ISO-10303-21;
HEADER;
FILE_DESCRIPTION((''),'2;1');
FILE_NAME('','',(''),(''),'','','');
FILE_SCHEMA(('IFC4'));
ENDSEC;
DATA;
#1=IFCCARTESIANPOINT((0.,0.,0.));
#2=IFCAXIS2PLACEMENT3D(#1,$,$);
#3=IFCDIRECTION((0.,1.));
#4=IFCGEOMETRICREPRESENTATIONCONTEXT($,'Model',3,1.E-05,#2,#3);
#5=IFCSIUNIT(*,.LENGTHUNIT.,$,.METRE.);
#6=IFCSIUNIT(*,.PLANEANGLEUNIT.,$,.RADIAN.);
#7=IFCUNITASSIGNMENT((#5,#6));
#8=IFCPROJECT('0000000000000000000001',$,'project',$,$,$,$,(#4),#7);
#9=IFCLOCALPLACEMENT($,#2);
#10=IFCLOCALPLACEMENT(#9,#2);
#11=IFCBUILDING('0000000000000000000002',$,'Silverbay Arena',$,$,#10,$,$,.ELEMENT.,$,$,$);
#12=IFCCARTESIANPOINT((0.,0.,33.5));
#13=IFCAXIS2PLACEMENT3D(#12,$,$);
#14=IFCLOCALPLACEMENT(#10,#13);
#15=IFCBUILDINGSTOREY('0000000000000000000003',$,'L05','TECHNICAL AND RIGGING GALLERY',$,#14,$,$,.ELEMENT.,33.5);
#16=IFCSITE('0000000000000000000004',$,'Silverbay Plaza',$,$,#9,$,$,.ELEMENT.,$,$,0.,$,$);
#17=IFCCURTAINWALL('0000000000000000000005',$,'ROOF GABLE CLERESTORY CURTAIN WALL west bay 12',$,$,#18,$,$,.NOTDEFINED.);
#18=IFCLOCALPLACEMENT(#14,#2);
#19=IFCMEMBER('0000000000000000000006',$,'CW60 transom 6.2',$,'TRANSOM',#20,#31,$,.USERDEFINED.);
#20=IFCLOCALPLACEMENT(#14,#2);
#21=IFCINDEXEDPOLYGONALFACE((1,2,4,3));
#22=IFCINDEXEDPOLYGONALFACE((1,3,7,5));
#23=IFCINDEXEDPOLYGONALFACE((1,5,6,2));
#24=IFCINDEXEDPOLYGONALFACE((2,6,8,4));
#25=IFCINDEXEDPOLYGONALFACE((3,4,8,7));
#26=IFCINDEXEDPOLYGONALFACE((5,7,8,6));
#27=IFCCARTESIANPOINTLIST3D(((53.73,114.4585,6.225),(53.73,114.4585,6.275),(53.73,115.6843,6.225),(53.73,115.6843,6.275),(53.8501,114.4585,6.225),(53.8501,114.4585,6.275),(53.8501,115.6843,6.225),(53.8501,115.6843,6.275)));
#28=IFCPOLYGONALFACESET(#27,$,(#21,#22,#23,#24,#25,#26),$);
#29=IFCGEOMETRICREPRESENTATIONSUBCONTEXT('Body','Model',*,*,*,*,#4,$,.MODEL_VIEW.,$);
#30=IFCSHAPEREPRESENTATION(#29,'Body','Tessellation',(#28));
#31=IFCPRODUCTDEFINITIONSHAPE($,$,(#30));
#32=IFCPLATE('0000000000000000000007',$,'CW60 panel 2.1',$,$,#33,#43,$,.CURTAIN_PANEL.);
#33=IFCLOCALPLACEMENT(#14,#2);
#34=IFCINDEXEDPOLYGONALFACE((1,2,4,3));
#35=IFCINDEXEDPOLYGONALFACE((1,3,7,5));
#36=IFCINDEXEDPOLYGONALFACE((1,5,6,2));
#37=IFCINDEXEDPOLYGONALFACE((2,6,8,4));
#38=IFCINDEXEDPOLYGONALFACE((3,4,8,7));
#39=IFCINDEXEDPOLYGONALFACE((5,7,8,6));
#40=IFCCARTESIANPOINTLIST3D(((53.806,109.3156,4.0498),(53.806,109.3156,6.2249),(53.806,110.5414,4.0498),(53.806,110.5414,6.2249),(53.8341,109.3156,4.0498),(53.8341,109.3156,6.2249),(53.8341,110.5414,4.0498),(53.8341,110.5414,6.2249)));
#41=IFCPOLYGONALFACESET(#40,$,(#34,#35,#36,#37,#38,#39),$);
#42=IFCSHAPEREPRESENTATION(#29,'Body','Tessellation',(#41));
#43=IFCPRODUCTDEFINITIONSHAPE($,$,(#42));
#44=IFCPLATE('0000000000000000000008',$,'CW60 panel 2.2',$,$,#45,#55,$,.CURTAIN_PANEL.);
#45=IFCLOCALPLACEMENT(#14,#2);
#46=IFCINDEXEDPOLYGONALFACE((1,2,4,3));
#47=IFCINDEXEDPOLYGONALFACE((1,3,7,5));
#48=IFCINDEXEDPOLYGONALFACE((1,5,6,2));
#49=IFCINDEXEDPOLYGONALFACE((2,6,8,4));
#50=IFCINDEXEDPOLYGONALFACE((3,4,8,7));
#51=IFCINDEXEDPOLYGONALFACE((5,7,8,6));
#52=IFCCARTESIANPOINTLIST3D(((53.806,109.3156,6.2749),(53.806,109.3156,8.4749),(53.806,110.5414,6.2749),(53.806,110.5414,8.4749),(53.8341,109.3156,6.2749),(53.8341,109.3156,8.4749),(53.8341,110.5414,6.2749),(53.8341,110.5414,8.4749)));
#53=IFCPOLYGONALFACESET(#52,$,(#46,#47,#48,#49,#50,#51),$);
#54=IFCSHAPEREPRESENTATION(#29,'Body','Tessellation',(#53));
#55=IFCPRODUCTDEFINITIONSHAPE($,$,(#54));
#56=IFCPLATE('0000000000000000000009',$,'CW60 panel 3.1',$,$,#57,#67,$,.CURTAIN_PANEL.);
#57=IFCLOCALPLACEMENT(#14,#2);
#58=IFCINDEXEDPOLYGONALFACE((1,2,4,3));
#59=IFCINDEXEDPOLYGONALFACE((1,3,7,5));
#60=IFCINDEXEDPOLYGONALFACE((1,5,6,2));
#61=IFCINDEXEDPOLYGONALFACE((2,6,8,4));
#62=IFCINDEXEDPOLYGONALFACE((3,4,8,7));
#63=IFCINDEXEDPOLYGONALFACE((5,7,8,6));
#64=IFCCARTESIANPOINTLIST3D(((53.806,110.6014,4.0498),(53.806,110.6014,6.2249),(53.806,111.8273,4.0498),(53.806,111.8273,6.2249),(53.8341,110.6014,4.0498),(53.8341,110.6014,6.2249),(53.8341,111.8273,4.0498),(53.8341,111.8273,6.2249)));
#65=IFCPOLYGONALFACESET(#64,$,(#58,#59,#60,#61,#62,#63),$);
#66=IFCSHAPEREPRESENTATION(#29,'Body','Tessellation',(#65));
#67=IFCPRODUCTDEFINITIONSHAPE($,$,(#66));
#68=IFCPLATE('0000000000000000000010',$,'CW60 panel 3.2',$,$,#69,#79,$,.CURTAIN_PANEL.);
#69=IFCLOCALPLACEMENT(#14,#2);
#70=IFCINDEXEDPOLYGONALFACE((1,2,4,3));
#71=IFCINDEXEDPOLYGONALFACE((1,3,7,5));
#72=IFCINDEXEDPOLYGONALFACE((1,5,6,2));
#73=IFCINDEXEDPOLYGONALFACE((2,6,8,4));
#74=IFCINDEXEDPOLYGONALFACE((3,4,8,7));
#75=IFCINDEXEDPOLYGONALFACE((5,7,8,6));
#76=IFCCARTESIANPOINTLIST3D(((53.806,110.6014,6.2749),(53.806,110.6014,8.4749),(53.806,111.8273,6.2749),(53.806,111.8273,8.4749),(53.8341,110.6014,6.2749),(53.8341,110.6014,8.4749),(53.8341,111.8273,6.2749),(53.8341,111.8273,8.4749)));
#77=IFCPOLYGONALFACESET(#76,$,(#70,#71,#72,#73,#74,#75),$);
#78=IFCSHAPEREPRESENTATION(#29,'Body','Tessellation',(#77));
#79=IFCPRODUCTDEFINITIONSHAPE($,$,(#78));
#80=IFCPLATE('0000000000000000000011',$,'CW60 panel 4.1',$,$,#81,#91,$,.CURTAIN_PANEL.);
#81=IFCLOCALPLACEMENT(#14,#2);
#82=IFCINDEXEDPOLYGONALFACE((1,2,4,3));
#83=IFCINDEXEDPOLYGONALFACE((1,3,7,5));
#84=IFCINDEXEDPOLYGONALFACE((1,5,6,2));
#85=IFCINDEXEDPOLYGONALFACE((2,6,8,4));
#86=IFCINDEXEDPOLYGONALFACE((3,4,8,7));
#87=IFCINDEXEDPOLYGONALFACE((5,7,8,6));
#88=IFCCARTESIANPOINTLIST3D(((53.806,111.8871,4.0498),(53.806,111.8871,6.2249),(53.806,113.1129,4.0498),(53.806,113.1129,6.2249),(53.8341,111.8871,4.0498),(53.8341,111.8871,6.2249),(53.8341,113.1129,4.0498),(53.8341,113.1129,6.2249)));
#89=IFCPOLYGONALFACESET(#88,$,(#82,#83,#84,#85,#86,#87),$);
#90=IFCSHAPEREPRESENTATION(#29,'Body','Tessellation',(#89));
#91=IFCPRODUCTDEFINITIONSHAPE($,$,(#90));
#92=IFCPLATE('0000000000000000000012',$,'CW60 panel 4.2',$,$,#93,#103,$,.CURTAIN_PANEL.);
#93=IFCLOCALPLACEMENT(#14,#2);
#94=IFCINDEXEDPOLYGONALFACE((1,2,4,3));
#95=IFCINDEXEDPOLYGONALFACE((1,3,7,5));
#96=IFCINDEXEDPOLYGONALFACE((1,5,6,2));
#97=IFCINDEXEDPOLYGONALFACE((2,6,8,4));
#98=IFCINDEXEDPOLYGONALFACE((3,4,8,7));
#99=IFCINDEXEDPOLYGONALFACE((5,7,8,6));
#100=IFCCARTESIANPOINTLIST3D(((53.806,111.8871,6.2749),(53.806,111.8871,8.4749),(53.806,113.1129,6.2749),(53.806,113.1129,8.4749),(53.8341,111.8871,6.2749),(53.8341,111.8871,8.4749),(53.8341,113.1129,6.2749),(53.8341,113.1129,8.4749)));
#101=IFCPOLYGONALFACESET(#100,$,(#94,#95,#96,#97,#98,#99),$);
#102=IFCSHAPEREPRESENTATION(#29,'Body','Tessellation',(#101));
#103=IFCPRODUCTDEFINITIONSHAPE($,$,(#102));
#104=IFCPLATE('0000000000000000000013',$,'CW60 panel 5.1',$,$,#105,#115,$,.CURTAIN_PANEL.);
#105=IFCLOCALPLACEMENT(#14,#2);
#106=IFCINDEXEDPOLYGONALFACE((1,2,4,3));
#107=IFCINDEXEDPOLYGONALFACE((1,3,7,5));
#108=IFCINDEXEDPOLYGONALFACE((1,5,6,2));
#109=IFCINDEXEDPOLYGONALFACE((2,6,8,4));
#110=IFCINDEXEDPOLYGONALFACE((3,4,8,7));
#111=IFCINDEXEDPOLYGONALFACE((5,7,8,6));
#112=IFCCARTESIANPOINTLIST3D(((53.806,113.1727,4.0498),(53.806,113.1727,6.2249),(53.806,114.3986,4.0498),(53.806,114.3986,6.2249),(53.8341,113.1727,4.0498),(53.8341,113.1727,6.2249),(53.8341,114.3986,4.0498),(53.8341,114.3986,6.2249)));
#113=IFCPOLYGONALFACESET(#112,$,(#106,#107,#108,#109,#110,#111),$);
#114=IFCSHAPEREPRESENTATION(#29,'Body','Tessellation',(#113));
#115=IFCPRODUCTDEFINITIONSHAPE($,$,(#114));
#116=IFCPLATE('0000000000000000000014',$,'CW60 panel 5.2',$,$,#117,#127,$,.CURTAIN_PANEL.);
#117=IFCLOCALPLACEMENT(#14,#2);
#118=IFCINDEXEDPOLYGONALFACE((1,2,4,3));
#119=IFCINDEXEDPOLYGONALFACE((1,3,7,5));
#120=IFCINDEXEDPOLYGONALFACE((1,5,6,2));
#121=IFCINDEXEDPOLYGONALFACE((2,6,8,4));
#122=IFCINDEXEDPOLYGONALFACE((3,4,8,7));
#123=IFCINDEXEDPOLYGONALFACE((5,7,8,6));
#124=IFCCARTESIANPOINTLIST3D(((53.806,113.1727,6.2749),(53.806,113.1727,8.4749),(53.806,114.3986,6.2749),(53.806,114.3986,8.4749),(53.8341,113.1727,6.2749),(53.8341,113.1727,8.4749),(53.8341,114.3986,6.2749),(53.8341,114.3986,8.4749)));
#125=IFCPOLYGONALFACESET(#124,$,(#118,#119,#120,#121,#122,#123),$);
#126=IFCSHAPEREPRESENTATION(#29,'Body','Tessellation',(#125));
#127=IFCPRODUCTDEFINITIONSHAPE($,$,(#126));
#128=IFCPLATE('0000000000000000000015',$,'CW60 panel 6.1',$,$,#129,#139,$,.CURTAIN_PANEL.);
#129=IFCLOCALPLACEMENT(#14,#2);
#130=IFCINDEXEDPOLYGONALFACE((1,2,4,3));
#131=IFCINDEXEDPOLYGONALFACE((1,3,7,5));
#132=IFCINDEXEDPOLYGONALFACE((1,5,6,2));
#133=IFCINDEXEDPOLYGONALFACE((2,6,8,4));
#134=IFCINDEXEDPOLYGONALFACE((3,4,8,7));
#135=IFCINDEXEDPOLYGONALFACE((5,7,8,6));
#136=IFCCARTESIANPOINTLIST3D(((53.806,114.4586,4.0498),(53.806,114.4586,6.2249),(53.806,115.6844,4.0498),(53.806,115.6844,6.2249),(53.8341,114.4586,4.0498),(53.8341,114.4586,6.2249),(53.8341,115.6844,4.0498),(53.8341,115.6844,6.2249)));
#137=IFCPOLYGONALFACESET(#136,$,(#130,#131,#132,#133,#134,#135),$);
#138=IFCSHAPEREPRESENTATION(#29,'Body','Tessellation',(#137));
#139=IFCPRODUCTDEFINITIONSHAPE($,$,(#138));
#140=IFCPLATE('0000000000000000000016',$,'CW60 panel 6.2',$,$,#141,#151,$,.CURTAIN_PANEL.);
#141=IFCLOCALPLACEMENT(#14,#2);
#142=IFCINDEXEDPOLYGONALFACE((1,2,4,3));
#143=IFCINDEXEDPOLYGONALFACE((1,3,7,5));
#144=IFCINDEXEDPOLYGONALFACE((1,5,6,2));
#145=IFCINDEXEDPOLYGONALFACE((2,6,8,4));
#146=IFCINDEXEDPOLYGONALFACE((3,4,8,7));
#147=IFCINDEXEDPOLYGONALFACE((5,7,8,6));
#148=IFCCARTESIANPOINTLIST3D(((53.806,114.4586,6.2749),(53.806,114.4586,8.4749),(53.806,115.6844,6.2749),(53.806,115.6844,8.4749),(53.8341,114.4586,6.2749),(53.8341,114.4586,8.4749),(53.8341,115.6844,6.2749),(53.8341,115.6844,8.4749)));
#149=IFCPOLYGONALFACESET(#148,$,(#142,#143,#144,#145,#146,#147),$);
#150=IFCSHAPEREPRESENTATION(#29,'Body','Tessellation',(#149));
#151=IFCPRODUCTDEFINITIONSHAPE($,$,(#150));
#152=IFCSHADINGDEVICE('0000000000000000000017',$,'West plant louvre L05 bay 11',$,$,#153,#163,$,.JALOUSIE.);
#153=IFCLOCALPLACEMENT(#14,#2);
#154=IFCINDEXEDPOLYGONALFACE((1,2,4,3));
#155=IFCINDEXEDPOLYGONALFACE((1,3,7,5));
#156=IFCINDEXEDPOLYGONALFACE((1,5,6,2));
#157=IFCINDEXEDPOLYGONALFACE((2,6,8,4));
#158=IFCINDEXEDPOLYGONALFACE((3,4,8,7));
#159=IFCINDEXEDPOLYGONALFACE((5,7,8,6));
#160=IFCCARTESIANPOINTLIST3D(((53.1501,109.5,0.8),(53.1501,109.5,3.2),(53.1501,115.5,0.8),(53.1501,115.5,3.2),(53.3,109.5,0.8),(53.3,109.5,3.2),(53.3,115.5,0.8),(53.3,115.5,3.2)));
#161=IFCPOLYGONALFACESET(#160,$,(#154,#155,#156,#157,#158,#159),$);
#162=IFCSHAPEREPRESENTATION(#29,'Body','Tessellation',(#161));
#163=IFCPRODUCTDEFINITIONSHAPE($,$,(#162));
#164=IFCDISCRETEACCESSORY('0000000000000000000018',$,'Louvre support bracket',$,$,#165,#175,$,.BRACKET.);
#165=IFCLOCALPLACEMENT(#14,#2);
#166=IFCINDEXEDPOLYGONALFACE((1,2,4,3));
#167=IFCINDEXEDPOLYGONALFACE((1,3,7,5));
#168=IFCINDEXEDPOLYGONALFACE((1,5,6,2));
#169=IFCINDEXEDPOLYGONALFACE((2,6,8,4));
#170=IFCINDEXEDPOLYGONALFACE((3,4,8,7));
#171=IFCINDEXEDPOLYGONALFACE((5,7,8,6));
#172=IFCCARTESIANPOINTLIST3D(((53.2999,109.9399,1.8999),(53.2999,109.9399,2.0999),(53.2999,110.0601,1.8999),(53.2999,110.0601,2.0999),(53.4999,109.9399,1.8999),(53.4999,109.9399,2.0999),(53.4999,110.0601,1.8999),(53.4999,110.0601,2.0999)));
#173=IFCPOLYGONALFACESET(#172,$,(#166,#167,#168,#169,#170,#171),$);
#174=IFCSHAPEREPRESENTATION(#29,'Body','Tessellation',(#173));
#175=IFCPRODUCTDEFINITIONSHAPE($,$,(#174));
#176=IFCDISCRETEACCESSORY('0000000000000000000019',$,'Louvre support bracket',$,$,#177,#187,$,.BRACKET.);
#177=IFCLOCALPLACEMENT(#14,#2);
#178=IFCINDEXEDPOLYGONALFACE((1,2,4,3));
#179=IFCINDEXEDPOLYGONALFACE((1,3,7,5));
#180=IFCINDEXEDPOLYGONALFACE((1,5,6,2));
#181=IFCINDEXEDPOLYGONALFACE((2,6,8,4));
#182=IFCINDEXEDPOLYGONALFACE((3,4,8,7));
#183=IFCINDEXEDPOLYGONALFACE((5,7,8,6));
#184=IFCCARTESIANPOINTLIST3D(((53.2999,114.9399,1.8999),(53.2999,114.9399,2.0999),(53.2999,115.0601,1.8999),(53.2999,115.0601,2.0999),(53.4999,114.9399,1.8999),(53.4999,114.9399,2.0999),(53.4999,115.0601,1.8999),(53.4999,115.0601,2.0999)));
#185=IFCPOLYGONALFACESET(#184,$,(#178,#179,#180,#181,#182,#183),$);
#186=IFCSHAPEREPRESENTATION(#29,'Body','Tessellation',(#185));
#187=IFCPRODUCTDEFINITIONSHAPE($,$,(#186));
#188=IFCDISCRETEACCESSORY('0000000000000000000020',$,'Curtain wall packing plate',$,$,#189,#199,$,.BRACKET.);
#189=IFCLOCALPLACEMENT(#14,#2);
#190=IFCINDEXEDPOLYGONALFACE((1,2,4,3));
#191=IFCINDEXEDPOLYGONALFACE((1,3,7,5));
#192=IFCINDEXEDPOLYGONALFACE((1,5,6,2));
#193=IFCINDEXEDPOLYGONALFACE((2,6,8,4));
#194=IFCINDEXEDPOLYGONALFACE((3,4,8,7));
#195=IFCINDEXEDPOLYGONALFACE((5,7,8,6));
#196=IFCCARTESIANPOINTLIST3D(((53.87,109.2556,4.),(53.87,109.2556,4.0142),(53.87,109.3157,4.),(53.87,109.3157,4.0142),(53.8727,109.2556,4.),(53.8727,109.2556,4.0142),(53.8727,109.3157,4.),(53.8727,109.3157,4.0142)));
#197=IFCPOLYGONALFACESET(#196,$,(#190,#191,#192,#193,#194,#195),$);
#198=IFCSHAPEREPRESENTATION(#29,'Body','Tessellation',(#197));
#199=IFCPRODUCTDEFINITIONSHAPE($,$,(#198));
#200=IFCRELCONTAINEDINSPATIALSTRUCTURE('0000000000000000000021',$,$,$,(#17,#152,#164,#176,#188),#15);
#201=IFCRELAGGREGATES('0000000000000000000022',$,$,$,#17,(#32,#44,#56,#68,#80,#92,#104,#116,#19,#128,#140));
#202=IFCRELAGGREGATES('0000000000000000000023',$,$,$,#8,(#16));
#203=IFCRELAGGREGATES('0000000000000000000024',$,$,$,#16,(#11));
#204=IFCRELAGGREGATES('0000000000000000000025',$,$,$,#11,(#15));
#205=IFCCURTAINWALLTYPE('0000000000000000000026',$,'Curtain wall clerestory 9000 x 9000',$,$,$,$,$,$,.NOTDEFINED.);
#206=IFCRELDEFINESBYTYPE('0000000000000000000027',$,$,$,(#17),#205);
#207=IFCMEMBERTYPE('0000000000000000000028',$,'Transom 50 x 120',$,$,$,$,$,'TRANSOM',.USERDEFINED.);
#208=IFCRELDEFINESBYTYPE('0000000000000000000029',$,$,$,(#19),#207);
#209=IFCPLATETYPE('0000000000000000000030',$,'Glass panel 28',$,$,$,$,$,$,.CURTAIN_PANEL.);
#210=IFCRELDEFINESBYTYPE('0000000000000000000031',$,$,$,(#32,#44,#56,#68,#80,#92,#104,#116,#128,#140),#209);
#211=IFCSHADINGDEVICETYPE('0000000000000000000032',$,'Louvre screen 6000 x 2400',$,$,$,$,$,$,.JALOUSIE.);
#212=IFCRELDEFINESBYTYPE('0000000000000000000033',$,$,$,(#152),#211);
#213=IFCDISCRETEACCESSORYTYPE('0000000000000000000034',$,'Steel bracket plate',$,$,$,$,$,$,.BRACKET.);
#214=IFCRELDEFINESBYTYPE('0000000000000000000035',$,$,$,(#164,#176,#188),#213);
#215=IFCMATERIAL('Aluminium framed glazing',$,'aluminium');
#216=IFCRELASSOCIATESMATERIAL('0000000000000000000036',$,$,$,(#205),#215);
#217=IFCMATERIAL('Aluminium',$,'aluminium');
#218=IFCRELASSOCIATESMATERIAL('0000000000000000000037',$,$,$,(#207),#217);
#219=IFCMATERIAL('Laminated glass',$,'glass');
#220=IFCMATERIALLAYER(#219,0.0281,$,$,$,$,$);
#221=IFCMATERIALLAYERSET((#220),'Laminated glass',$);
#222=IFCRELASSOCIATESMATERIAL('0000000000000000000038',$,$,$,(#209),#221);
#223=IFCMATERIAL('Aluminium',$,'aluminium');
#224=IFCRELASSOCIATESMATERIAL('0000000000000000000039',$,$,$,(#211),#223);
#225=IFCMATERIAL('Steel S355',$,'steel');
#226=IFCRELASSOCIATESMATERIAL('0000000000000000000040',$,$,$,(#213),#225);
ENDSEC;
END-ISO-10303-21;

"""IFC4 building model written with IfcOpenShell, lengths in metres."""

from ifc_helpers import new_model, si_unit, direction, frame, origin, origin_2d, place, context, subcontext, project, spatial, rectangle, extrude, material, layer, layer_set, material_profile, profile_set, type_object, element, aggregate, save


model = new_model("IFC4")

# Units and contexts
model_context = context("Model", 3, precision=1e-05, world=origin(), true_north=direction((0.0, 1.0)))
body_context = subcontext(model_context, "Body", "Model", "MODEL_VIEW")
ifc_project = project(units=[si_unit("LENGTHUNIT", "METRE"), si_unit("PLANEANGLEUNIT", "RADIAN")], contexts=[model_context])

# Site, building, storey
site_placement = place(None, origin())
site = spatial("IfcSite", under=ifc_project, at=site_placement, Name="Silverbay Plaza", CompositionType="ELEMENT", RefElevation=0.0)
building_placement = place(site_placement, origin())
building = spatial("IfcBuilding", under=site, at=building_placement, Name="Silverbay Arena", CompositionType="ELEMENT")
storey_placement = place(building_placement, frame((0.0, 0.0, 33.5)))
storey = spatial("IfcBuildingStorey", under=building, at=storey_placement, Name="L05", Description="TECHNICAL AND RIGGING GALLERY", CompositionType="ELEMENT", Elevation=33.5)

# Curtain wall, member, plates
ifc_material_1 = material(Name="Aluminium framed glazing", Category="aluminium")
curtain_wall_type = type_object("IfcCurtainWallType", Name="Curtain wall clerestory 9000 x 9000", PredefinedType="NOTDEFINED", material=ifc_material_1)
curtain_wall_placement = place(storey_placement, origin())
curtain_wall = element("IfcCurtainWall", 1, at=curtain_wall_placement, inside=storey, type_object=curtain_wall_type, Name="ROOF GABLE CLERESTORY CURTAIN WALL west bay 12", PredefinedType="NOTDEFINED")
ifc_material_2 = material(Name="Aluminium", Category="aluminium")
ifc_material_profile_1 = material_profile(ifc_material_2, rectangle(XDim=0.1201, YDim=0.05, at=origin_2d()), Name="Transom 50 x 120")
ifc_profile_set_1 = profile_set([ifc_material_profile_1], Name="Aluminium")
member_type_1 = type_object("IfcMemberType", Name="Transom 50 x 120", ElementType="TRANSOM", PredefinedType="USERDEFINED", material=ifc_profile_set_1)
member_1_placement = place(storey_placement, frame((53.79, 114.4585, 6.25), z_axis=(0.0, 1.0, 0.0), x_axis=(-1.0, 0.0, 0.0)))
member_1 = element("IfcMember", 2, at=member_1_placement, type_object=member_type_1, Name="CW60 transom 6.2", ObjectType="TRANSOM", PredefinedType="USERDEFINED", context=body_context, shape_type="SweptSolid", body=[
    extrude(rectangle(XDim=0.1201, YDim=0.05, at=origin_2d()), origin(), (0.0, 0.0, 1.0), 1.2258),
])
ifc_material_3 = material(Name="Laminated glass", Category="glass")
ifc_layer = layer(ifc_material_3, 0.0281)
ifc_layer_set = layer_set([ifc_layer], Name="Laminated glass")
plate_type = type_object("IfcPlateType", Name="Glass panel 28", PredefinedType="CURTAIN_PANEL", material=ifc_layer_set)
plate_1_placement = place(storey_placement, frame((53.8201, 109.9285, 4.0498), z_axis=(0.0, 0.0, 1.0), x_axis=(0.0, 1.0, 0.0)))
plate_1 = element("IfcPlate", 3, at=plate_1_placement, type_object=plate_type, Name="CW60 panel 2.1", PredefinedType="CURTAIN_PANEL", context=body_context, shape_type="SweptSolid", body=[
    extrude(rectangle(XDim=1.2258, YDim=0.0281, at=origin_2d()), origin(), (0.0, 0.0, 1.0), 2.175),
])
plate_2_placement = place(storey_placement, frame((53.8201, 109.9285, 6.2749), z_axis=(0.0, 0.0, 1.0), x_axis=(0.0, 1.0, 0.0)))
plate_2 = element("IfcPlate", 4, at=plate_2_placement, type_object=plate_type, Name="CW60 panel 2.2", PredefinedType="CURTAIN_PANEL", context=body_context, shape_type="SweptSolid", body=[
    extrude(rectangle(XDim=1.2258, YDim=0.0281, at=origin_2d()), origin(), (0.0, 0.0, 1.0), 2.2),
])
plate_3_placement = place(storey_placement, frame((53.8201, 111.2144, 4.0498), z_axis=(0.0, 0.0, 1.0), x_axis=(0.0, 1.0, 0.0)))
plate_3 = element("IfcPlate", 5, at=plate_3_placement, type_object=plate_type, Name="CW60 panel 3.1", PredefinedType="CURTAIN_PANEL", context=body_context, shape_type="SweptSolid", body=[
    extrude(rectangle(XDim=1.2258, YDim=0.0281, at=origin_2d()), origin(), (0.0, 0.0, 1.0), 2.175),
])
plate_4_placement = place(storey_placement, frame((53.8201, 111.2144, 6.2749), z_axis=(0.0, 0.0, 1.0), x_axis=(0.0, 1.0, 0.0)))
plate_4 = element("IfcPlate", 6, at=plate_4_placement, type_object=plate_type, Name="CW60 panel 3.2", PredefinedType="CURTAIN_PANEL", context=body_context, shape_type="SweptSolid", body=[
    extrude(rectangle(XDim=1.2258, YDim=0.0281, at=origin_2d()), origin(), (0.0, 0.0, 1.0), 2.2),
])
plate_5_placement = place(storey_placement, frame((53.8201, 112.5, 4.0498), z_axis=(0.0, 0.0, 1.0), x_axis=(0.0, 1.0, 0.0)))
plate_5 = element("IfcPlate", 7, at=plate_5_placement, type_object=plate_type, Name="CW60 panel 4.1", PredefinedType="CURTAIN_PANEL", context=body_context, shape_type="SweptSolid", body=[
    extrude(rectangle(XDim=1.2258, YDim=0.0281, at=origin_2d()), origin(), (0.0, 0.0, 1.0), 2.175),
])
plate_6_placement = place(storey_placement, frame((53.8201, 112.5, 6.2749), z_axis=(0.0, 0.0, 1.0), x_axis=(0.0, 1.0, 0.0)))
plate_6 = element("IfcPlate", 8, at=plate_6_placement, type_object=plate_type, Name="CW60 panel 4.2", PredefinedType="CURTAIN_PANEL", context=body_context, shape_type="SweptSolid", body=[
    extrude(rectangle(XDim=1.2258, YDim=0.0281, at=origin_2d()), origin(), (0.0, 0.0, 1.0), 2.2),
])
plate_7_placement = place(storey_placement, frame((53.8201, 113.7856, 4.0498), z_axis=(0.0, 0.0, 1.0), x_axis=(0.0, 1.0, 0.0)))
plate_7 = element("IfcPlate", 9, at=plate_7_placement, type_object=plate_type, Name="CW60 panel 5.1", PredefinedType="CURTAIN_PANEL", context=body_context, shape_type="SweptSolid", body=[
    extrude(rectangle(XDim=1.2258, YDim=0.0281, at=origin_2d()), origin(), (0.0, 0.0, 1.0), 2.175),
])
plate_8_placement = place(storey_placement, frame((53.8201, 113.7856, 6.2749), z_axis=(0.0, 0.0, 1.0), x_axis=(0.0, 1.0, 0.0)))
plate_8 = element("IfcPlate", 10, at=plate_8_placement, type_object=plate_type, Name="CW60 panel 5.2", PredefinedType="CURTAIN_PANEL", context=body_context, shape_type="SweptSolid", body=[
    extrude(rectangle(XDim=1.2258, YDim=0.0281, at=origin_2d()), origin(), (0.0, 0.0, 1.0), 2.2),
])
plate_9_placement = place(storey_placement, frame((53.8201, 115.0715, 4.0498), z_axis=(0.0, 0.0, 1.0), x_axis=(0.0, 1.0, 0.0)))
plate_9 = element("IfcPlate", 11, at=plate_9_placement, type_object=plate_type, Name="CW60 panel 6.1", PredefinedType="CURTAIN_PANEL", context=body_context, shape_type="SweptSolid", body=[
    extrude(rectangle(XDim=1.2258, YDim=0.0281, at=origin_2d()), origin(), (0.0, 0.0, 1.0), 2.175),
])
plate_10_placement = place(storey_placement, frame((53.8201, 115.0715, 6.2749), z_axis=(0.0, 0.0, 1.0), x_axis=(0.0, 1.0, 0.0)))
plate_10 = element("IfcPlate", 12, at=plate_10_placement, type_object=plate_type, Name="CW60 panel 6.2", PredefinedType="CURTAIN_PANEL", context=body_context, shape_type="SweptSolid", body=[
    extrude(rectangle(XDim=1.2258, YDim=0.0281, at=origin_2d()), origin(), (0.0, 0.0, 1.0), 2.2),
])
aggregate(curtain_wall, [plate_1, plate_2, plate_3, plate_4, plate_5, plate_6, plate_7, plate_8, member_1, plate_9, plate_10])

# Shading device
ifc_material_4 = material(Name="Aluminium", Category="aluminium")
shading_device_type = type_object("IfcShadingDeviceType", Name="Louvre screen 6000 x 2400", PredefinedType="JALOUSIE", material=ifc_material_4)
shading_device_placement = place(storey_placement, frame((53.2251, 112.5, 0.8), z_axis=(0.0, 0.0, 1.0), x_axis=(0.0, 1.0, 0.0)))
element("IfcShadingDevice", 13, at=shading_device_placement, inside=storey, type_object=shading_device_type, Name="West plant louvre L05 bay 11", PredefinedType="JALOUSIE", context=body_context, shape_type="SweptSolid", body=[
    extrude(rectangle(XDim=6.0, YDim=0.1499, at=origin_2d()), origin(), (0.0, 0.0, 1.0), 2.3999),
])

# Discrete accessories
ifc_material_5 = material(Name="Steel S355", Category="steel")
discrete_accessory_type = type_object("IfcDiscreteAccessoryType", Name="Steel bracket plate", PredefinedType="BRACKET", material=ifc_material_5)
for number, where, z_axis, x_axis, name in (
    (14, (53.3999, 110.0, 1.8999), (0.0, 0.0, 1.0), (0.0, 1.0, 0.0), "Louvre support bracket"),
    (15, (53.3999, 115.0, 1.8999), (0.0, 0.0, 1.0), (0.0, 1.0, 0.0), "Louvre support bracket"),
):
    element("IfcDiscreteAccessory", number, at=place(storey_placement, frame(where, z_axis=z_axis, x_axis=x_axis)), inside=storey, type_object=discrete_accessory_type, Name=name, PredefinedType="BRACKET", context=body_context, shape_type="SweptSolid", body=[
        extrude(rectangle(XDim=0.1201, YDim=0.2, at=origin_2d()), origin(), (0.0, 0.0, 1.0), 0.2),
    ])
for number, where, z_axis, x_axis, name in (
    (16, (53.8713, 109.2856, 4.0), (0.0, 0.0, 1.0), (1.0, 0.0, 0.0), "Curtain wall packing plate"),
):
    element("IfcDiscreteAccessory", number, at=place(storey_placement, frame(where, z_axis=z_axis, x_axis=x_axis)), inside=storey, type_object=discrete_accessory_type, Name=name, PredefinedType="BRACKET", context=body_context, shape_type="SweptSolid", body=[
        extrude(rectangle(XDim=0.0027, YDim=0.0601, at=origin_2d()), origin(), (0.0, 0.0, 1.0), 0.0142),
    ])

save(model, "model.ifc")
